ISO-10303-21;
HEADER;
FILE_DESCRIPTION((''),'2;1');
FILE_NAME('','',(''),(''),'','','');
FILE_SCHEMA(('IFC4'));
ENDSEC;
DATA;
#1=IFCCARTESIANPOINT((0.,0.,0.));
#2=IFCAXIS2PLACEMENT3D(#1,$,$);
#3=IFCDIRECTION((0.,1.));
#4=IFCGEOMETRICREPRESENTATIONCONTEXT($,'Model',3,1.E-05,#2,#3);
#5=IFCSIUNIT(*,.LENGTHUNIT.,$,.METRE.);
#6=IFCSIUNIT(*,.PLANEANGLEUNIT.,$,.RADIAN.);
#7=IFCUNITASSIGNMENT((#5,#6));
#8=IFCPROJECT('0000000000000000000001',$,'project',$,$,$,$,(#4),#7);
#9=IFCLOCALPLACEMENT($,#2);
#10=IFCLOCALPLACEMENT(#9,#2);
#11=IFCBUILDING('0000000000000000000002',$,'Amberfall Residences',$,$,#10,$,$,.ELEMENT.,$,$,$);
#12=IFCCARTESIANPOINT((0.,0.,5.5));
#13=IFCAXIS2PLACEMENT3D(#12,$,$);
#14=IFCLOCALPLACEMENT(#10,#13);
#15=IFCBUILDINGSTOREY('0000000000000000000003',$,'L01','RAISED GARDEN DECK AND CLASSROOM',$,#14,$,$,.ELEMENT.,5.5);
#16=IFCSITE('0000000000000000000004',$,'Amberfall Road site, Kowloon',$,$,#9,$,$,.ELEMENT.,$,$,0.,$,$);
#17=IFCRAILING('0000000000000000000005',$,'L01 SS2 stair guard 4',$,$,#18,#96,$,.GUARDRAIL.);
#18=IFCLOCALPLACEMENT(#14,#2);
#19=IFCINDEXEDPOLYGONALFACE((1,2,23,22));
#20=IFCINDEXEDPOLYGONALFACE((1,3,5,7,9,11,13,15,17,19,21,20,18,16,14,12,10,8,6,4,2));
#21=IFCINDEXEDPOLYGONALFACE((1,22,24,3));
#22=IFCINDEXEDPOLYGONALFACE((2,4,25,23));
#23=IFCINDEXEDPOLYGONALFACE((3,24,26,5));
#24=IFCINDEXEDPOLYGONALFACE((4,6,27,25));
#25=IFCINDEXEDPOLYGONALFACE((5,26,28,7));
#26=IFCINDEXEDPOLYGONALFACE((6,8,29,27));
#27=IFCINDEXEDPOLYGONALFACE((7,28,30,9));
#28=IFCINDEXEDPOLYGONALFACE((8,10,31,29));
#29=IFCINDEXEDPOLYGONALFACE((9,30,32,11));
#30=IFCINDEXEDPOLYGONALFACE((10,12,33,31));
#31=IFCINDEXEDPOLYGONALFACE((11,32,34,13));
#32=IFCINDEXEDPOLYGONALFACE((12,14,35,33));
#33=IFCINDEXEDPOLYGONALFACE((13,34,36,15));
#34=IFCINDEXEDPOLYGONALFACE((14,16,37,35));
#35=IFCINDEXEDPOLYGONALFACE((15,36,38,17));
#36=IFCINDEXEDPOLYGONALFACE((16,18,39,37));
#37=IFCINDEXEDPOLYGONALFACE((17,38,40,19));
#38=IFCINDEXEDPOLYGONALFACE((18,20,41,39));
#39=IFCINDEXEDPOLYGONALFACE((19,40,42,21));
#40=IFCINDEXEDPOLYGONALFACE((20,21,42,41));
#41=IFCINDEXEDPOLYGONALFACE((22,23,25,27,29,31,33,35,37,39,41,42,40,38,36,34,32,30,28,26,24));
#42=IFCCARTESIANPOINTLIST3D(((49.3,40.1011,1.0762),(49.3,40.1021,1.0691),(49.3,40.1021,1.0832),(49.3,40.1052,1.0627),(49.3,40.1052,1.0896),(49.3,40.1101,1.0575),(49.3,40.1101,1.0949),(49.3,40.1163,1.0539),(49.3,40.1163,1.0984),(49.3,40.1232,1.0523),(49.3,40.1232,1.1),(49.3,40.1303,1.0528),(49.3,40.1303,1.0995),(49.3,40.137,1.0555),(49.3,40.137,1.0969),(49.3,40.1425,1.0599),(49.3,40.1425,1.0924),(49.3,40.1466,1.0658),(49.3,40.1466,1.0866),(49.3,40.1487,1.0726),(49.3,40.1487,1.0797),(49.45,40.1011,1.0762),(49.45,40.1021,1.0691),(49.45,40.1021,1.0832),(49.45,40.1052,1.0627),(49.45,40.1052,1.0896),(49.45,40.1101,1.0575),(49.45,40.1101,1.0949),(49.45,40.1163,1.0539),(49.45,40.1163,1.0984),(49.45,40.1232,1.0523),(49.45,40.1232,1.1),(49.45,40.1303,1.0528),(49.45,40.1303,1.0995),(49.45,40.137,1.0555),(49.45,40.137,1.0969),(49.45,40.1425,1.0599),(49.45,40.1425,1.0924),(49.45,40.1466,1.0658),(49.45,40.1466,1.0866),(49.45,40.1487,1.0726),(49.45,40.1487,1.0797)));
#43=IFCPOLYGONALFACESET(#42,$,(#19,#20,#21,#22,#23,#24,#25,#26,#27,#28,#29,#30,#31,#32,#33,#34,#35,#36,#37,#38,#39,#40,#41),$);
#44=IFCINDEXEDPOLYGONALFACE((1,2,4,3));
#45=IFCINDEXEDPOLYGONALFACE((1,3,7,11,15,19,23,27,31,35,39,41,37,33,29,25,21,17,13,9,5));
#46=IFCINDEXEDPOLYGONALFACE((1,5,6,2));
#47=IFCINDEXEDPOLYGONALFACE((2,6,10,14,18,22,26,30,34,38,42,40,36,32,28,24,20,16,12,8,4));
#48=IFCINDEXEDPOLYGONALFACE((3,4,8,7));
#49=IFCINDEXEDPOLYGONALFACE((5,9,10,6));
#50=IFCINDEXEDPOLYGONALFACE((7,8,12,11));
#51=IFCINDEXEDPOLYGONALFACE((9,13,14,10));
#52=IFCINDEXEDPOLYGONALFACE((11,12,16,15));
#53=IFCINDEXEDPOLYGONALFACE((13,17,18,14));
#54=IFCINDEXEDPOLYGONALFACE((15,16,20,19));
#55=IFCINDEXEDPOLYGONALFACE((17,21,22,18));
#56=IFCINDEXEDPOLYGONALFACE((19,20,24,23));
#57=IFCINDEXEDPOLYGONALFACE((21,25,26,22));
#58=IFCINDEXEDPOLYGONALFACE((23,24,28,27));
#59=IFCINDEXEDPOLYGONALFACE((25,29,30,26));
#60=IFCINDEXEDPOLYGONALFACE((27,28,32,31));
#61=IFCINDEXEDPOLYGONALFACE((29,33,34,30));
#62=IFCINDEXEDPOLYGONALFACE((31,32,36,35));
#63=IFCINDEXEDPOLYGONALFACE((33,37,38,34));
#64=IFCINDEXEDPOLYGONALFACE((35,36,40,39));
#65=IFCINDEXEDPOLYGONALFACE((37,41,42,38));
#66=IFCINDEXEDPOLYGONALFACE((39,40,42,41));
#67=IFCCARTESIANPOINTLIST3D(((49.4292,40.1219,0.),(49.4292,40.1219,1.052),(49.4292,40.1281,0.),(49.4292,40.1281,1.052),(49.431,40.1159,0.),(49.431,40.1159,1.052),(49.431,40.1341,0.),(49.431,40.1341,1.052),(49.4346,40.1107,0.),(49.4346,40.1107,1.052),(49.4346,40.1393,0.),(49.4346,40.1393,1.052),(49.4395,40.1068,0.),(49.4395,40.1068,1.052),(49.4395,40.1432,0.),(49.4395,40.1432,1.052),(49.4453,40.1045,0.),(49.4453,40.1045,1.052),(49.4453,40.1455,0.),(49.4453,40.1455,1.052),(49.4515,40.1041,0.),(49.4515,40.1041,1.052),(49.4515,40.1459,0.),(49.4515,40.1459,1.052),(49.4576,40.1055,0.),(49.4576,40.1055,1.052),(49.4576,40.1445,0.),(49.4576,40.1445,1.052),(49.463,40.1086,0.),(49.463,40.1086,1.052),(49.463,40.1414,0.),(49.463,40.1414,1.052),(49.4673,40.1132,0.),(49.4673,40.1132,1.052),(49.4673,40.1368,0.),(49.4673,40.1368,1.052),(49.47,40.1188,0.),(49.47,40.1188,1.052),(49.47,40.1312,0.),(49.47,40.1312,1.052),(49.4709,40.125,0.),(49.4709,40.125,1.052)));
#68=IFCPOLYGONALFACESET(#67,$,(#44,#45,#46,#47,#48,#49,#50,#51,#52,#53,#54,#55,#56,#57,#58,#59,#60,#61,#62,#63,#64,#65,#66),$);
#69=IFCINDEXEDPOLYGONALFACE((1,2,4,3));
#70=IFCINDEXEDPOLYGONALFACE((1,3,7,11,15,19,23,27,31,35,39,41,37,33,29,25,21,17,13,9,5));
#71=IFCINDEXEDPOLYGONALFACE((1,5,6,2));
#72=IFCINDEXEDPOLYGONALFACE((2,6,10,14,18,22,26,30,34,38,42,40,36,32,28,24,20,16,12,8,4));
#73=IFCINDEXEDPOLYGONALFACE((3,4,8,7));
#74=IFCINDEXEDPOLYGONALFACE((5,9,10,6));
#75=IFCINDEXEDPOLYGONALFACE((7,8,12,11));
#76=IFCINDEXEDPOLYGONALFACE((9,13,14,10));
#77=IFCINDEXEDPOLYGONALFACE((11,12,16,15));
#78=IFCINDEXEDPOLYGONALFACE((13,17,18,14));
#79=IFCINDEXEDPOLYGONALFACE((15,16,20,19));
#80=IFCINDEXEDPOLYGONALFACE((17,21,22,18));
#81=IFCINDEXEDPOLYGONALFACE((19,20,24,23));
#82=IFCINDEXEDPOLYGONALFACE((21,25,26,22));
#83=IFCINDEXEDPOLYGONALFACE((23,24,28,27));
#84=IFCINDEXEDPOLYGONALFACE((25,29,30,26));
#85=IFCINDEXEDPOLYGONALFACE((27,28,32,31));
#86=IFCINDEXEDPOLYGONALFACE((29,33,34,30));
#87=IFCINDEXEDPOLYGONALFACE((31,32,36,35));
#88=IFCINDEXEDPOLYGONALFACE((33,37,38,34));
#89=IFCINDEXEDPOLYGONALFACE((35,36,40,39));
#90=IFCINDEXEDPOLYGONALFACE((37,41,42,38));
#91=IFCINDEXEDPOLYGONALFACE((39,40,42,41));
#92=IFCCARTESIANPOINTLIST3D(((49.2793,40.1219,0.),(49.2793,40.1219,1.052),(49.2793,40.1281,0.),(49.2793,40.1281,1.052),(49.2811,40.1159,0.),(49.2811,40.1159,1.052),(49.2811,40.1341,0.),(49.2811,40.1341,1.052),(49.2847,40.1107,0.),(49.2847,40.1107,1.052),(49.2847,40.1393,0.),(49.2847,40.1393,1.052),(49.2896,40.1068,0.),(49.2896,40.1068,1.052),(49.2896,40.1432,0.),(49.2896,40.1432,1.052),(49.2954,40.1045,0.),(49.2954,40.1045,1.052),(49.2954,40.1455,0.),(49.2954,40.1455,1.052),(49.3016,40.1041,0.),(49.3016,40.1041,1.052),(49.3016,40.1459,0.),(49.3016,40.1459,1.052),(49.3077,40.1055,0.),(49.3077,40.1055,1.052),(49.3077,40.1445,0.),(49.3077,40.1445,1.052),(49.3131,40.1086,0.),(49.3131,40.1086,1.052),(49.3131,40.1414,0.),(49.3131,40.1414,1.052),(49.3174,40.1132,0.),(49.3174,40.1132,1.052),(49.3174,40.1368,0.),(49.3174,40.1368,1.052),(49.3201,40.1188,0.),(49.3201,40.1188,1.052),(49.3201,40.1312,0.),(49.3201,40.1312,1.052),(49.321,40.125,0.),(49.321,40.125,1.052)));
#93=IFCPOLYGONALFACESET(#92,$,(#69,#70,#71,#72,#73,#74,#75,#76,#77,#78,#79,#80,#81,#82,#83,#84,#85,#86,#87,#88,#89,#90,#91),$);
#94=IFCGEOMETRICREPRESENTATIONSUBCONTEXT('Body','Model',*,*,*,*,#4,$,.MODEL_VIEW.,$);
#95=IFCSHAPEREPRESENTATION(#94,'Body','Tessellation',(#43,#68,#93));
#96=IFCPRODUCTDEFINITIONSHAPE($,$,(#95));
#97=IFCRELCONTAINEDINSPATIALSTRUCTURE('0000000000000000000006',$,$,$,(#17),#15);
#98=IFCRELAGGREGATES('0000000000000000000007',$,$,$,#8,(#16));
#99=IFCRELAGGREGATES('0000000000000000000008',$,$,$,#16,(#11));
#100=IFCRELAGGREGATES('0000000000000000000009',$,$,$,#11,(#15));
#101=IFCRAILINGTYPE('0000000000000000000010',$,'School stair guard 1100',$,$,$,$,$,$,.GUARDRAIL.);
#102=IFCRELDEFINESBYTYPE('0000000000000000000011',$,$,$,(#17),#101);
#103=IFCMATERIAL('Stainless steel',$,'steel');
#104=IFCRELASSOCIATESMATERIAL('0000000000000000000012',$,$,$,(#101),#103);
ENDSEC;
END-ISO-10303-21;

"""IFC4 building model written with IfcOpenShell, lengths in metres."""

from ifc_helpers import new_model, si_unit, direction, frame, origin, origin_2d, place, context, subcontext, project, spatial, circle, extrude, material, type_object, element, save


model = new_model("IFC4")

# Units and contexts
model_context = context("Model", 3, precision=1e-05, world=origin(), true_north=direction((0.0, 1.0)))
body_context = subcontext(model_context, "Body", "Model", "MODEL_VIEW")
ifc_project = project(units=[si_unit("LENGTHUNIT", "METRE"), si_unit("PLANEANGLEUNIT", "RADIAN")], contexts=[model_context])

# Site, building, storey
site_placement = place(None, origin())
site = spatial("IfcSite", under=ifc_project, at=site_placement, Name="Amberfall Road site, Kowloon", CompositionType="ELEMENT", RefElevation=0.0)
building_placement = place(site_placement, origin())
building = spatial("IfcBuilding", under=site, at=building_placement, Name="Amberfall Residences", CompositionType="ELEMENT")
storey_placement = place(building_placement, frame((0.0, 0.0, 5.5)))
storey = spatial("IfcBuildingStorey", under=building, at=storey_placement, Name="L01", Description="RAISED GARDEN DECK AND CLASSROOM", CompositionType="ELEMENT", Elevation=5.5)

# Railing
ifc_material_1 = material(Name="Stainless steel", Category="steel")
railing_type_1 = type_object("IfcRailingType", Name="School stair guard 1100", PredefinedType="GUARDRAIL", material=ifc_material_1)
railing_1_placement = place(storey_placement, frame((49.45, 40.125, 0.0)))
element("IfcRailing", 1, at=railing_1_placement, inside=storey, type_object=railing_type_1, Name="L01 SS2 stair guard 4", PredefinedType="GUARDRAIL", context=body_context, shape_type="SweptSolid", body=[
    extrude(circle(Radius=0.0239, at=origin_2d()), frame((0.0, 0.0, 1.0762), z_axis=(-1.0, 0.0, 0.0), x_axis=(0.0, -1.0, 0.0)), (0.0, 0.0, 1.0), 0.1499),
    extrude(circle(Radius=0.021, at=origin_2d()), origin(), (0.0, 0.0, 1.0), 1.052),
    extrude(circle(Radius=0.021, at=origin_2d()), frame((-0.1499, 0.0, 0.0)), (0.0, 0.0, 1.0), 1.052),
])

save(model, "model.ifc")
